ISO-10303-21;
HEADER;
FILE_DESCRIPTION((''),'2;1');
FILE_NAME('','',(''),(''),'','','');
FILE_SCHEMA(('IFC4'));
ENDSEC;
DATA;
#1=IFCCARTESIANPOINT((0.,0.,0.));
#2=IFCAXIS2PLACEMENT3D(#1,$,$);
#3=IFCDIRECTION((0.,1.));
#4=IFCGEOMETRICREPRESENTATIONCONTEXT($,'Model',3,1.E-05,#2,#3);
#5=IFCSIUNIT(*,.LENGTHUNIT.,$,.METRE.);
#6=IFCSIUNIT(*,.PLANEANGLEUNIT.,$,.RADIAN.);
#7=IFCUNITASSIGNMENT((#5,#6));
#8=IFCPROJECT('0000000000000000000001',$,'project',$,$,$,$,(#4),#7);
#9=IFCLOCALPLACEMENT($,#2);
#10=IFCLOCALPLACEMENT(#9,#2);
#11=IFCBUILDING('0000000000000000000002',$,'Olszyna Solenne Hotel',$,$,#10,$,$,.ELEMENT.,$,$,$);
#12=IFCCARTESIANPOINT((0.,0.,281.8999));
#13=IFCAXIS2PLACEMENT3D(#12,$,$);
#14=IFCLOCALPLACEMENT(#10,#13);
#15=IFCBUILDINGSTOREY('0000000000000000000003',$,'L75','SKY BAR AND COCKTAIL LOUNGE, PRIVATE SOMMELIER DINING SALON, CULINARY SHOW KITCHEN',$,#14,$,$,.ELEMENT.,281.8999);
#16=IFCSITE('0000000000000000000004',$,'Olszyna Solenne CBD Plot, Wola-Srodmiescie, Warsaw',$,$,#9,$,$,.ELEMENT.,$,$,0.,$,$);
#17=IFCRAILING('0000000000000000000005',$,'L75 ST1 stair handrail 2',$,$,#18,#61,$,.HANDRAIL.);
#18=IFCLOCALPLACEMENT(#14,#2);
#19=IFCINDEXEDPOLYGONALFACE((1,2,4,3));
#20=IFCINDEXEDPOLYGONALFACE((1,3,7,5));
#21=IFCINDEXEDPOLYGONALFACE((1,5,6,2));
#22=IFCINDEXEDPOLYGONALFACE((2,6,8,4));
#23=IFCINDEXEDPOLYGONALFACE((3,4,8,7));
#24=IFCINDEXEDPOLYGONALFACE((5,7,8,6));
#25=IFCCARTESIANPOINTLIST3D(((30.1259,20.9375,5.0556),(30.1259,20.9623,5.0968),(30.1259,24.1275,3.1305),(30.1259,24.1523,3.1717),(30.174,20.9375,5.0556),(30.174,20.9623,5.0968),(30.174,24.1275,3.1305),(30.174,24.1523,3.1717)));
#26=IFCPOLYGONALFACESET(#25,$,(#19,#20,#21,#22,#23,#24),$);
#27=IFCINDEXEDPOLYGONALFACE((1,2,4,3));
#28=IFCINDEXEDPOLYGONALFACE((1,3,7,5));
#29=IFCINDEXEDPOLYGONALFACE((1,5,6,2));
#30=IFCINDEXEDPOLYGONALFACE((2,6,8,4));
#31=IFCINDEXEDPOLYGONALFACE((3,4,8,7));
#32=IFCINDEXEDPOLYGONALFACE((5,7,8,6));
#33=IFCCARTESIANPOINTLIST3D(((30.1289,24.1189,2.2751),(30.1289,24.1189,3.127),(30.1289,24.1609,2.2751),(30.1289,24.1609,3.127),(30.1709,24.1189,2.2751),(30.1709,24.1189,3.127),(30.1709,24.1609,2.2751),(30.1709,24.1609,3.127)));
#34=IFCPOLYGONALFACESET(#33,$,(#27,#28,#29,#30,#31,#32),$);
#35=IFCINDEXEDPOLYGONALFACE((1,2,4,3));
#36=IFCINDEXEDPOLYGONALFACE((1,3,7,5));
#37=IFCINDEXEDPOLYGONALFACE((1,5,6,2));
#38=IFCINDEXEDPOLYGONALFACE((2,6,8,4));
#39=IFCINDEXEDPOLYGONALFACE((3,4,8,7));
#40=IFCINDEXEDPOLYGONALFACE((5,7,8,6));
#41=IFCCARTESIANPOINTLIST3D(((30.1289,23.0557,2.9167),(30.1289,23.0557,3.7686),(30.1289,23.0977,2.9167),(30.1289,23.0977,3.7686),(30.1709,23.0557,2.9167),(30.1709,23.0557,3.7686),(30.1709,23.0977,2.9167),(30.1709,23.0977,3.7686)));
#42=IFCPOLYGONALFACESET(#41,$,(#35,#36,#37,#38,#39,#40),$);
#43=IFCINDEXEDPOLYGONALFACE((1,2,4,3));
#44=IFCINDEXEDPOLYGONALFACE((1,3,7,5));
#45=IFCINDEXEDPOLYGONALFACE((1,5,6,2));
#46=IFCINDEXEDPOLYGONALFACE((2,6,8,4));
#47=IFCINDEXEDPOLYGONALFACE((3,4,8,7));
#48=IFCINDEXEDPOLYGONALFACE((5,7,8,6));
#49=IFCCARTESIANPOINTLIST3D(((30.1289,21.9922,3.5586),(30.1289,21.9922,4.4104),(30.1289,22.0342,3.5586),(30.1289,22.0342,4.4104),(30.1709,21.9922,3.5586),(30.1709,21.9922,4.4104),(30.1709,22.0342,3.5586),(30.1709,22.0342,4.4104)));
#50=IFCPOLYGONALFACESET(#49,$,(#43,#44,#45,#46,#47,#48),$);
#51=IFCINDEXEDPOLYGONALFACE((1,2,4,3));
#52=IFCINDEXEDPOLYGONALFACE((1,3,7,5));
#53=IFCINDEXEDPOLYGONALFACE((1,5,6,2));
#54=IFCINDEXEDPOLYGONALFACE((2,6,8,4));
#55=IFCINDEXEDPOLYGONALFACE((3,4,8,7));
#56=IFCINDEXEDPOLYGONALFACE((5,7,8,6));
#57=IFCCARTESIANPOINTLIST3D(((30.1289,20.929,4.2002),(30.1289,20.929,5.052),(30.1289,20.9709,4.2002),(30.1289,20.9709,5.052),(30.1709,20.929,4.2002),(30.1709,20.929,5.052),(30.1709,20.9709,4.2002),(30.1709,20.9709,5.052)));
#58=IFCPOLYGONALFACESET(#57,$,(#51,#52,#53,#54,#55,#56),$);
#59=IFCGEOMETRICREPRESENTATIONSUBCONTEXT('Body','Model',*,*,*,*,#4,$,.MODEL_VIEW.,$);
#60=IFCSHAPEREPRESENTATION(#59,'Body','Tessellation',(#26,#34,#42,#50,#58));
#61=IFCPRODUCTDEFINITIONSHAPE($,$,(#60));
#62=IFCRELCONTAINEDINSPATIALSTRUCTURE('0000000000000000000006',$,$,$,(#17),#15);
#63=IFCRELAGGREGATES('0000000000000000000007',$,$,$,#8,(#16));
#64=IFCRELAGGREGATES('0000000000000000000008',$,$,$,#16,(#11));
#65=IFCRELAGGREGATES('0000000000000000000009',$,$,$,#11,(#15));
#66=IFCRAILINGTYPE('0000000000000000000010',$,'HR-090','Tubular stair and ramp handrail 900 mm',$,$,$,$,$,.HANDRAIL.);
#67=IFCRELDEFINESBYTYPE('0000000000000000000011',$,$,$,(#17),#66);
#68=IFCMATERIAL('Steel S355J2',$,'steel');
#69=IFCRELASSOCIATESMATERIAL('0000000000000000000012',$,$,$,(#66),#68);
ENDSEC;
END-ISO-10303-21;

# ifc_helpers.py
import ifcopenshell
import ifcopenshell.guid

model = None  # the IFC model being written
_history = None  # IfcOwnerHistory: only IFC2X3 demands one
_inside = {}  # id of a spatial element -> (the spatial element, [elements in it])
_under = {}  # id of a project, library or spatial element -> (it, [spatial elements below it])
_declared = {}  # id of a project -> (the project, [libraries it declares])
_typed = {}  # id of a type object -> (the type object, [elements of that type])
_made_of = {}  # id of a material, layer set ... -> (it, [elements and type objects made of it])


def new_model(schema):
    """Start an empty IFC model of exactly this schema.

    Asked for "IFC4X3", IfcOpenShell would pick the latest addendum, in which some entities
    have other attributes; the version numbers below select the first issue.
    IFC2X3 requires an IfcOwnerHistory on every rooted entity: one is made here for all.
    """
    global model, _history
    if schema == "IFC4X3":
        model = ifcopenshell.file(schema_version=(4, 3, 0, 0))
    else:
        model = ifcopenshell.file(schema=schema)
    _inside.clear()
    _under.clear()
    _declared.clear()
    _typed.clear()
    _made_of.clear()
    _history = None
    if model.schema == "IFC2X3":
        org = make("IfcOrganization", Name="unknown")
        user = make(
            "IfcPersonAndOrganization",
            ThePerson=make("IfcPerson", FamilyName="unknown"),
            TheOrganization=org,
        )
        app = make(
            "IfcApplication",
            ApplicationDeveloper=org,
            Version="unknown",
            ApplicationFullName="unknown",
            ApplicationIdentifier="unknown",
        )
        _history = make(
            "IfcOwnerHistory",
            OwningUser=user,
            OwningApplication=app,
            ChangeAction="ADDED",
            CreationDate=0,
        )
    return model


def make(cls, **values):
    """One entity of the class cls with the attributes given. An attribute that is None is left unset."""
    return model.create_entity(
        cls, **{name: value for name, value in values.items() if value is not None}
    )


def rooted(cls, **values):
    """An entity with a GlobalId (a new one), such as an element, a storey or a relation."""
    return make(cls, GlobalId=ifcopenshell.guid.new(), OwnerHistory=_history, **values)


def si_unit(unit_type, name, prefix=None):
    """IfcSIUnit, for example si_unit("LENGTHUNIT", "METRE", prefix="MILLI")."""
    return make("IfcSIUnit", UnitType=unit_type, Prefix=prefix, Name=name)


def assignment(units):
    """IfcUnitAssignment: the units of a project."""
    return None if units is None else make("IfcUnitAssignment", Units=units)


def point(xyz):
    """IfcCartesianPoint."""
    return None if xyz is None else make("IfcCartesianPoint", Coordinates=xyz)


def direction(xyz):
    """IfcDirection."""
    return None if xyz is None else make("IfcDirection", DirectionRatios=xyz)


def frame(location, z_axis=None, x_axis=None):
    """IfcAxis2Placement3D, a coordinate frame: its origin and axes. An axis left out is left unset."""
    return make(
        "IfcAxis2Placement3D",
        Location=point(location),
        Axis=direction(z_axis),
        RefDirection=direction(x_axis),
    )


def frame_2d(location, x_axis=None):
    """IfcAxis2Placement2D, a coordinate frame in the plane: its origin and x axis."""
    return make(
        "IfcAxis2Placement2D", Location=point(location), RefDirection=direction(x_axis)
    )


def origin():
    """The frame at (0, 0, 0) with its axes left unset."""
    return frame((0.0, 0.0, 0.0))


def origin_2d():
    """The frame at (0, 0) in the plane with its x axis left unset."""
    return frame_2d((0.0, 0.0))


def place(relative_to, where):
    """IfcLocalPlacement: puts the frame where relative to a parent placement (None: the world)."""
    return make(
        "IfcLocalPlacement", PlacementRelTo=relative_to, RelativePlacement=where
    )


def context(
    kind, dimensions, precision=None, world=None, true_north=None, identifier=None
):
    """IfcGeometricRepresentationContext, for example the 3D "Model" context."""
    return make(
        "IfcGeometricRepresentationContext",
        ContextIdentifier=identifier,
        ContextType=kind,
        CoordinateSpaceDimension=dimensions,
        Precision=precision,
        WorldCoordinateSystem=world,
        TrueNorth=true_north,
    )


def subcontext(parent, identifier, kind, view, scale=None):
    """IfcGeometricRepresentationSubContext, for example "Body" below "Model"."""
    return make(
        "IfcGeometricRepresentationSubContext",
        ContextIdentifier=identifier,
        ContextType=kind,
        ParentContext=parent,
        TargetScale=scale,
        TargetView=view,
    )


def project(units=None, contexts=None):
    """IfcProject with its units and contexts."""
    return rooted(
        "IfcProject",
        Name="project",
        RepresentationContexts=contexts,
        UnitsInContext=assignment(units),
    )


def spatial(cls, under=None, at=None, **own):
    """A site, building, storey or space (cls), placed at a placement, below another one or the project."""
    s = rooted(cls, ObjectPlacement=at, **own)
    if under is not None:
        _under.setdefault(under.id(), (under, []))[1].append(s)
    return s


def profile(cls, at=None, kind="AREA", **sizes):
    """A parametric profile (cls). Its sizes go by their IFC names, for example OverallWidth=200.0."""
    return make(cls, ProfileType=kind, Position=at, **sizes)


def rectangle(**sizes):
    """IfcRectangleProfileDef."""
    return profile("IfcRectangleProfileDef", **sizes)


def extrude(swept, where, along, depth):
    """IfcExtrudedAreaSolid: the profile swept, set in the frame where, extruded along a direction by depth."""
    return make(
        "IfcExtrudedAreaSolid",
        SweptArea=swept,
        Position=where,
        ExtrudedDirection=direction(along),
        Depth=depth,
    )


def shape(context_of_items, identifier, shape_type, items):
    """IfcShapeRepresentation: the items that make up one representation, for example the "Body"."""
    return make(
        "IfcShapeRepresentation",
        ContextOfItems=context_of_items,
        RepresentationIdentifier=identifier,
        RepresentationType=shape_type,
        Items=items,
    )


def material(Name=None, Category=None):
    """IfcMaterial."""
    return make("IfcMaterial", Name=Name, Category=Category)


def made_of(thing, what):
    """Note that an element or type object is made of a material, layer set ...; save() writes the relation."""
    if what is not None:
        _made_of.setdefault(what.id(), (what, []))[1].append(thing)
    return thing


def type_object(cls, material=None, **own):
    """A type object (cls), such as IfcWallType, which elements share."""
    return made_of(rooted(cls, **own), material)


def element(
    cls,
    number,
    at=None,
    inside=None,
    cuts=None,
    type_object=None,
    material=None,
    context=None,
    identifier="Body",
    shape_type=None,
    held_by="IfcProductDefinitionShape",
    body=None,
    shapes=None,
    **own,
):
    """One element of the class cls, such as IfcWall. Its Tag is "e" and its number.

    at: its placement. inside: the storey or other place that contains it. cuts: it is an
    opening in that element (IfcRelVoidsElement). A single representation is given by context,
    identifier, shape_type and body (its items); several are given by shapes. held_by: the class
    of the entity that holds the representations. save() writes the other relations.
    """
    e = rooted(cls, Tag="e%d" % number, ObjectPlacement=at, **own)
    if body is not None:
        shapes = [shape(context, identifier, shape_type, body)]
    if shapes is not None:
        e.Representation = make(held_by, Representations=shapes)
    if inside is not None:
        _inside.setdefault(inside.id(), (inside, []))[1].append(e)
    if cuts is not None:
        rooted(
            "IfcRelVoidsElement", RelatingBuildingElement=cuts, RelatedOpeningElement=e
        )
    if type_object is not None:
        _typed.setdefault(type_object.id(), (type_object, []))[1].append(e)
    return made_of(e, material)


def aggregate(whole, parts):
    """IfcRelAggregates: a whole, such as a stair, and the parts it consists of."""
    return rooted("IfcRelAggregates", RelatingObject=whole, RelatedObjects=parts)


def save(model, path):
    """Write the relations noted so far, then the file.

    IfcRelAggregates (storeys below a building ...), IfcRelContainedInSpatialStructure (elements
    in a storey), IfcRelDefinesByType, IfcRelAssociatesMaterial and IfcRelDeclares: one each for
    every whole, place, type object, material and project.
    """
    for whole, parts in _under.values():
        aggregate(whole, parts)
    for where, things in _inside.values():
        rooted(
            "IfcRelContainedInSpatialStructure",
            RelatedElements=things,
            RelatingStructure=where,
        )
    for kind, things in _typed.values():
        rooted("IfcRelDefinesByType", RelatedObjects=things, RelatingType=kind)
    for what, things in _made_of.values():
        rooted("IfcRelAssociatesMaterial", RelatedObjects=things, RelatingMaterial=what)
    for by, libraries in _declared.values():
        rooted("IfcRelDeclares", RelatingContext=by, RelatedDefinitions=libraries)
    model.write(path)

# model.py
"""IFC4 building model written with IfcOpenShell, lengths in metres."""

from ifc_helpers import new_model, si_unit, direction, frame, origin, origin_2d, place, context, subcontext, project, spatial, rectangle, extrude, material, type_object, element, save


model = new_model("IFC4")

# Units and contexts
model_context = context("Model", 3, precision=1e-05, world=origin(), true_north=direction((0.0, 1.0)))
body_context = subcontext(model_context, "Body", "Model", "MODEL_VIEW")
ifc_project = project(units=[si_unit("LENGTHUNIT", "METRE"), si_unit("PLANEANGLEUNIT", "RADIAN")], contexts=[model_context])

# Site, building, storey
site_placement = place(None, origin())
site = spatial("IfcSite", under=ifc_project, at=site_placement, Name="Olszyna Solenne CBD Plot, Wola-Srodmiescie, Warsaw", CompositionType="ELEMENT", RefElevation=0.0)
building_placement = place(site_placement, origin())
building = spatial("IfcBuilding", under=site, at=building_placement, Name="Olszyna Solenne Hotel", CompositionType="ELEMENT")
storey_placement = place(building_placement, frame((0.0, 0.0, 281.8999)))
storey = spatial("IfcBuildingStorey", under=building, at=storey_placement, Name="L75", Description="SKY BAR AND COCKTAIL LOUNGE, PRIVATE SOMMELIER DINING SALON, CULINARY SHOW KITCHEN", CompositionType="ELEMENT", Elevation=281.8999)

# Shared definitions
ifc_material_1 = material(Name="Steel S355J2", Category="steel")

# Railing
railing_type = type_object("IfcRailingType", Name="HR-090", Description="Tubular stair and ramp handrail 900 mm", PredefinedType="HANDRAIL", material=ifc_material_1)
railing_placement = place(storey_placement, frame((30.1499, 24.1399, 2.2751)))
element("IfcRailing", 1, at=railing_placement, inside=storey, type_object=railing_type, Name="L75 ST1 stair handrail 2", PredefinedType="HANDRAIL", context=body_context, shape_type="SweptSolid", body=[
    extrude(rectangle(XDim=0.0481, YDim=0.0481, at=origin_2d()), frame((0.0, 0.0, 0.876), z_axis=(0.0, -0.856178, 0.516682), x_axis=(1.0, 0.0, 0.0)), (0.0, 0.0, 1.0), 3.7258),
    extrude(rectangle(XDim=0.042, YDim=0.042, at=origin_2d()), origin(), (0.0, 0.0, 1.0), 0.8518),
    extrude(rectangle(XDim=0.042, YDim=0.042, at=origin_2d()), frame((0.0, -1.0632, 0.6416)), (0.0, 0.0, 1.0), 0.8518),
    extrude(rectangle(XDim=0.042, YDim=0.042, at=origin_2d()), frame((0.0, -2.1267, 1.2834)), (0.0, 0.0, 1.0), 0.8518),
    extrude(rectangle(XDim=0.042, YDim=0.042, at=origin_2d()), frame((0.0, -3.1899, 1.925)), (0.0, 0.0, 1.0), 0.8518),
])

save(model, "model.ifc")
